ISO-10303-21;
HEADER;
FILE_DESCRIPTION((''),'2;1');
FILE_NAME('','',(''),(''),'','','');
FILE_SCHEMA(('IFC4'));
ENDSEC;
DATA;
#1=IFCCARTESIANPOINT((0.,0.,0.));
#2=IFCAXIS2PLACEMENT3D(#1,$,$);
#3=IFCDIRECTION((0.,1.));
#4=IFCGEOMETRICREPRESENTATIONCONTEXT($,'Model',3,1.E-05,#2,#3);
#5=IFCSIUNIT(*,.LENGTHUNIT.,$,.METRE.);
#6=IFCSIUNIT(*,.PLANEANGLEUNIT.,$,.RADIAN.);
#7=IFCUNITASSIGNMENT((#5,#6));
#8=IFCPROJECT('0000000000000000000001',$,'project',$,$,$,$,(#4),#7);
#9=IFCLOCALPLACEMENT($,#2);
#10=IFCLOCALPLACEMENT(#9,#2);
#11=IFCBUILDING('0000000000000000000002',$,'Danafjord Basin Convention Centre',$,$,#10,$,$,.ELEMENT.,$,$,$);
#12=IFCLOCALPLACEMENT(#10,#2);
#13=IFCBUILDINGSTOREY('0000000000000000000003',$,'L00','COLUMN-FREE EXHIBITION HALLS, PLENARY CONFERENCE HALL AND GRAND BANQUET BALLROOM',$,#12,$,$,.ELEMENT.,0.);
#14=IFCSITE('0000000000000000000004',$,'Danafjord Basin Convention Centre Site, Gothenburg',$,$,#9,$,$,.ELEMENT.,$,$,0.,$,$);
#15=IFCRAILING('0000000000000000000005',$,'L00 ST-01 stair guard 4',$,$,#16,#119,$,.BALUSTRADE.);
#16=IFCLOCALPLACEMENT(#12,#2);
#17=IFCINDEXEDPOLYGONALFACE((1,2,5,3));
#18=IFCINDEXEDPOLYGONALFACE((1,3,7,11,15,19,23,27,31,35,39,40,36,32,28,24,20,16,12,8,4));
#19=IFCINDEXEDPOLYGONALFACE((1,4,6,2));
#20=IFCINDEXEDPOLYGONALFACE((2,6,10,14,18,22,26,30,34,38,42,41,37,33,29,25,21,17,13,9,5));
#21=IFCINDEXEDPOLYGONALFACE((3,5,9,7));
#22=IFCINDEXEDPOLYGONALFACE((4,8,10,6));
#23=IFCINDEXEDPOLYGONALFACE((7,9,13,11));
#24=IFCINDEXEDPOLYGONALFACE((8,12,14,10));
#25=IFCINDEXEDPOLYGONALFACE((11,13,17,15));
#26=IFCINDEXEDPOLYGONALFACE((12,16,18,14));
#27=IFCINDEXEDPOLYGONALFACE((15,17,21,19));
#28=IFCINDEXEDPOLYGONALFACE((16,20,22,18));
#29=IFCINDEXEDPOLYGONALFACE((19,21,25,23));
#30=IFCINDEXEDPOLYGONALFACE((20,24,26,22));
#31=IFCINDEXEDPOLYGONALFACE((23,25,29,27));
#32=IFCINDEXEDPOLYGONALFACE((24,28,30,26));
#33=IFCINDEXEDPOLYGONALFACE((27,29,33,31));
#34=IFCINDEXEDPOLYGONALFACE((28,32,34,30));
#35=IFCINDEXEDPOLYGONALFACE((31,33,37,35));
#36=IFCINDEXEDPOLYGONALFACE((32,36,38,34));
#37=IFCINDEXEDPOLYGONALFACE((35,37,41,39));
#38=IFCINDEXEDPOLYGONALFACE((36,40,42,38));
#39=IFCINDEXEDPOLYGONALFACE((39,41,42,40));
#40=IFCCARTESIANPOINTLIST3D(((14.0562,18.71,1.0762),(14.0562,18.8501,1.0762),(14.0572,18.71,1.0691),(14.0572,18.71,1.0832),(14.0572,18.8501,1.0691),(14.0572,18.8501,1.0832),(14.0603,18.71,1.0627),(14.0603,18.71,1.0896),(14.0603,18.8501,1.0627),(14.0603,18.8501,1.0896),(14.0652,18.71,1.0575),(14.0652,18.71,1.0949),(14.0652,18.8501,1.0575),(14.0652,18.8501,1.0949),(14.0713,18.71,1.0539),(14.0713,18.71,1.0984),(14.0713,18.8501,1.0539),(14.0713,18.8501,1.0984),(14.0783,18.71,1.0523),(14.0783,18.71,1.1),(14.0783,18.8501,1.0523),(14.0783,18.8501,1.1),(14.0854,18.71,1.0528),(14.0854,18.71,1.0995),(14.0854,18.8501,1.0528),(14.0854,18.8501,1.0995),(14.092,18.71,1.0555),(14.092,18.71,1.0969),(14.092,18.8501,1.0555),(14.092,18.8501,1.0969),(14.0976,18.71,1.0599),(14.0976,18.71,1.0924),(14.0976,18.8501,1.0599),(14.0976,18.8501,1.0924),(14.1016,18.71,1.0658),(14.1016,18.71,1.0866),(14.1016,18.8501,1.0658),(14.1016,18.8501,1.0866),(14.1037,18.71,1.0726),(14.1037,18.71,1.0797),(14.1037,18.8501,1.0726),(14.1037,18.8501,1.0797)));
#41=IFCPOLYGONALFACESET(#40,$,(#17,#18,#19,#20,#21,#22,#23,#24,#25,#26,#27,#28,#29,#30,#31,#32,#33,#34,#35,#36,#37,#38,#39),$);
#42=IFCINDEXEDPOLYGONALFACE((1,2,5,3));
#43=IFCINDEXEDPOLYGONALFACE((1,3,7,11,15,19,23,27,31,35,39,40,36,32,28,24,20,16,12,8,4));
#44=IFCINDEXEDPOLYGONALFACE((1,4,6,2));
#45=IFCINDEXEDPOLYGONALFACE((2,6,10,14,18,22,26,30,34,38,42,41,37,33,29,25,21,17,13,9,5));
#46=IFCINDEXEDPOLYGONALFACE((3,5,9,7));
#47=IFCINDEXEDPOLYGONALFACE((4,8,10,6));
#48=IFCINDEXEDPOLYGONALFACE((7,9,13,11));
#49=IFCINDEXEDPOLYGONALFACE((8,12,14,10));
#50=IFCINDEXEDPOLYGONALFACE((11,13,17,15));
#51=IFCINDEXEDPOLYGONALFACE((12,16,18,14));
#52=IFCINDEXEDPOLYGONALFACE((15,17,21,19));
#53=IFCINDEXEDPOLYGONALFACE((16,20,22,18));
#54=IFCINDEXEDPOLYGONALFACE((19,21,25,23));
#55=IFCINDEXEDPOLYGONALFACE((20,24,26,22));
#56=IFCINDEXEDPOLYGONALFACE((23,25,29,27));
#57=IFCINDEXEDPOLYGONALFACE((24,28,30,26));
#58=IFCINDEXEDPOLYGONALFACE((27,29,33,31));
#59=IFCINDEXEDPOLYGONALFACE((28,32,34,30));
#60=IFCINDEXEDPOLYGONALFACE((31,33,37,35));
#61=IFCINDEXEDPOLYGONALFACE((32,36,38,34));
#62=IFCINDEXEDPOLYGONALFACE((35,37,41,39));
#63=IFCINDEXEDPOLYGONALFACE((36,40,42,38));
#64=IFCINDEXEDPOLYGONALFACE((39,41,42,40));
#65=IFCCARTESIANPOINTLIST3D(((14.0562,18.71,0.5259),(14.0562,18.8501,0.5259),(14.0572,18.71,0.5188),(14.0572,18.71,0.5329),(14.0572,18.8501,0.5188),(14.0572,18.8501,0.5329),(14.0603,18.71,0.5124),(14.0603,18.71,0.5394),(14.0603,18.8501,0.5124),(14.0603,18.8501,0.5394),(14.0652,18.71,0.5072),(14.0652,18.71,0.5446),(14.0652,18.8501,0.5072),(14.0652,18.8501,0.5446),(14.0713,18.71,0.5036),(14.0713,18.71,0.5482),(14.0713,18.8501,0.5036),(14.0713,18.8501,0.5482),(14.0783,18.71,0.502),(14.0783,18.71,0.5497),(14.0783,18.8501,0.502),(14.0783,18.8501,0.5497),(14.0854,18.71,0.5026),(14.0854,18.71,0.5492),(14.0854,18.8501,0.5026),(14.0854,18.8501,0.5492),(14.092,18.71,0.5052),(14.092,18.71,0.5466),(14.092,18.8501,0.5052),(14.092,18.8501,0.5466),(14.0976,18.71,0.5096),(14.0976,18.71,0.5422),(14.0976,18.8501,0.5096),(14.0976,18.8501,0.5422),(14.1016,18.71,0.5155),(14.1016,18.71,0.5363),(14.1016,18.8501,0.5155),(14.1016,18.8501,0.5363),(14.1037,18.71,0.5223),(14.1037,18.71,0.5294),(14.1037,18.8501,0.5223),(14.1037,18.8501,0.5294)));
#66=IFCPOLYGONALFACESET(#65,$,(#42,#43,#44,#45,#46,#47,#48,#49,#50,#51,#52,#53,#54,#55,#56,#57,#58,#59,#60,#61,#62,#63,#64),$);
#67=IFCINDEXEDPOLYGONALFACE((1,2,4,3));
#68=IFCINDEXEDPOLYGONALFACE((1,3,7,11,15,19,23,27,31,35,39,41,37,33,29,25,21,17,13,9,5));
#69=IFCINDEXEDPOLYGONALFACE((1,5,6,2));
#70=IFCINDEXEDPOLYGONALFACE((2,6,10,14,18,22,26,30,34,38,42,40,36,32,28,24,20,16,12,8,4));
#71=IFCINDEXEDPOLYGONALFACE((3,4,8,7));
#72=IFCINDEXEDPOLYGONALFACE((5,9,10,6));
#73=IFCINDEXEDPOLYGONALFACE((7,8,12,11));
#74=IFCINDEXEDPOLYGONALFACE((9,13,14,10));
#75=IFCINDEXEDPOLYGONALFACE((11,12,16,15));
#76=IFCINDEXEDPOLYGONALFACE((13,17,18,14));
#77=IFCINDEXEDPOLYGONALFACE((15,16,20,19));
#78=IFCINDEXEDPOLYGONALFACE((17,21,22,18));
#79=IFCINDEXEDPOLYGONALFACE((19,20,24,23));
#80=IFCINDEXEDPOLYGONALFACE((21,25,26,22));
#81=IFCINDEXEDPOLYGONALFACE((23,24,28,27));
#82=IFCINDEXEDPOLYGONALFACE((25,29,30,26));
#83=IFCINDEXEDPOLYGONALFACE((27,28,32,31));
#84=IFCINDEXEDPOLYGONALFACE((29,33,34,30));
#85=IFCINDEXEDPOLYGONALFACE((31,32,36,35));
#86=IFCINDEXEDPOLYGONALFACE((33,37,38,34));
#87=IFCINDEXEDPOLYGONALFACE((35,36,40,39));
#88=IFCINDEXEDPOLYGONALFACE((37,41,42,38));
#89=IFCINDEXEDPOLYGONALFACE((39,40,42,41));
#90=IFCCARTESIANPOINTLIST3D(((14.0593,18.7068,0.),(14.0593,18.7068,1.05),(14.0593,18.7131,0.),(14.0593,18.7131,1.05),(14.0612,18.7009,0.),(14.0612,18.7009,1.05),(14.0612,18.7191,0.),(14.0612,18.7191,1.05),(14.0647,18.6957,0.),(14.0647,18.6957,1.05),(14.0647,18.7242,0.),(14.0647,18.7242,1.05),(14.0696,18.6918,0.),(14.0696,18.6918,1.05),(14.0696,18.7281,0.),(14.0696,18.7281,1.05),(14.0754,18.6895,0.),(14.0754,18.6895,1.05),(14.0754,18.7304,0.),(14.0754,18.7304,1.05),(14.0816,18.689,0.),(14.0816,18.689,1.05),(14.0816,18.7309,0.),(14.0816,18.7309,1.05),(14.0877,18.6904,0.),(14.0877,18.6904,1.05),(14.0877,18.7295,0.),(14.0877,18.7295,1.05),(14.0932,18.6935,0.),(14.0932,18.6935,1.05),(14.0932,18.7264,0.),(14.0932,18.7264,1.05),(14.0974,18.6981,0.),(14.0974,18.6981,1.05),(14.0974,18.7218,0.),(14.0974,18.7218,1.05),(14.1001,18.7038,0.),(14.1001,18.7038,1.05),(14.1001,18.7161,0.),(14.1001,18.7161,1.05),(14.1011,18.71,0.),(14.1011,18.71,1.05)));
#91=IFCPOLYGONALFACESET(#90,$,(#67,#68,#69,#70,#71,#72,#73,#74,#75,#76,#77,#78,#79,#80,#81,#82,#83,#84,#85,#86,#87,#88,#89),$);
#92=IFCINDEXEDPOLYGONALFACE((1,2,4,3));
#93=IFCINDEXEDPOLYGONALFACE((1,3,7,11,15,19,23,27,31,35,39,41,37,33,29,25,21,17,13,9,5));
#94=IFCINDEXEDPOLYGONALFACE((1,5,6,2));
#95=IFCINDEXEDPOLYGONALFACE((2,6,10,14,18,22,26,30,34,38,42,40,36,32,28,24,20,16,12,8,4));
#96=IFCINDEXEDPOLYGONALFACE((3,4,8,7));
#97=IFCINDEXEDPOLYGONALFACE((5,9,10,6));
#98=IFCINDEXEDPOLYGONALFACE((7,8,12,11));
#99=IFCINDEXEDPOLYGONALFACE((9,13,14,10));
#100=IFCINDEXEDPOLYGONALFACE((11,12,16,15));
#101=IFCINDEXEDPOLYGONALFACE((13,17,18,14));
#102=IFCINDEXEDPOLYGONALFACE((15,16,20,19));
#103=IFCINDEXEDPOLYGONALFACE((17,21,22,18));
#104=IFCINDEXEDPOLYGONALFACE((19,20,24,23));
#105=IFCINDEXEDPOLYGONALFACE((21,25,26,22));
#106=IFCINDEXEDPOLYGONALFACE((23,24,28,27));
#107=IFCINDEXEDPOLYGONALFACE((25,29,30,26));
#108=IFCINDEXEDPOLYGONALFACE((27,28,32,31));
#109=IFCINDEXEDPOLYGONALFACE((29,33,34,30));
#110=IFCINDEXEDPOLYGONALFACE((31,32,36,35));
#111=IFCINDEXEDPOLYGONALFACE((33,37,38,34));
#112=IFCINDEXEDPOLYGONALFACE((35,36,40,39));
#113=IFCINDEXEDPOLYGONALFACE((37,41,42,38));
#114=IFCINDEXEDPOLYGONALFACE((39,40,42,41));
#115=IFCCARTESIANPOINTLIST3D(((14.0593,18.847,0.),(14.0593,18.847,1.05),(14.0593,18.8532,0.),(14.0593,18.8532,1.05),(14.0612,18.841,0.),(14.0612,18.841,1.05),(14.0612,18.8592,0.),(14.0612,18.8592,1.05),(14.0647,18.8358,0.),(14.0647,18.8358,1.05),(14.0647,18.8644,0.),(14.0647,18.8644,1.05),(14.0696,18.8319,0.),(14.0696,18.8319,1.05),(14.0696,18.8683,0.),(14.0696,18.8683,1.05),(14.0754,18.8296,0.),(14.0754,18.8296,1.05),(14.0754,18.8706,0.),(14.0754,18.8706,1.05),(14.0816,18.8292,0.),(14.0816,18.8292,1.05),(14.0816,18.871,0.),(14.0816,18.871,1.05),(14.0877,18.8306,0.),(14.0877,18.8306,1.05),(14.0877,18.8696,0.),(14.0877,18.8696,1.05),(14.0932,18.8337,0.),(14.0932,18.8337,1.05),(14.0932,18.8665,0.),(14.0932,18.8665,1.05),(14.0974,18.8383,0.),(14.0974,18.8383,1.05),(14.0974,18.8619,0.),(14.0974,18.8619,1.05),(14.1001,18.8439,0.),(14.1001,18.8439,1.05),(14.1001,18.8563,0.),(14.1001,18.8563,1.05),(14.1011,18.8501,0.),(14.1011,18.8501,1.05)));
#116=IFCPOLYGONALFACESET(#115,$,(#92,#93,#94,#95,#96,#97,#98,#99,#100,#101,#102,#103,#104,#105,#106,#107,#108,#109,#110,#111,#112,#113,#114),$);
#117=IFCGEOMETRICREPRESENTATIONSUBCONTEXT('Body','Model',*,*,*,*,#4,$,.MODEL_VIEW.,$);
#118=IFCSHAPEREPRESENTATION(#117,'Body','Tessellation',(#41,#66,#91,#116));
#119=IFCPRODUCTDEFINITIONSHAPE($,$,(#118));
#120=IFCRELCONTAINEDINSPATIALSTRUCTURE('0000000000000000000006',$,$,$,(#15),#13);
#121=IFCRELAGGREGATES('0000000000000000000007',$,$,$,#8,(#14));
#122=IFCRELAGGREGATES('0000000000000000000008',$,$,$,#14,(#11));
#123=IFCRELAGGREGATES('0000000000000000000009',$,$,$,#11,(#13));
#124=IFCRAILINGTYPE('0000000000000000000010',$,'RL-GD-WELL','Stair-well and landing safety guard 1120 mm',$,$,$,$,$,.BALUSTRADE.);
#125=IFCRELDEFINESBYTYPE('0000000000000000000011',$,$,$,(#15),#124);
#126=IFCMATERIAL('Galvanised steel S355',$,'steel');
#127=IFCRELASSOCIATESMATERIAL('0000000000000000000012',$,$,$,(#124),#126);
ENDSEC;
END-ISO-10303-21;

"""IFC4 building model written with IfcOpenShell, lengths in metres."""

from ifc_helpers import new_model, si_unit, direction, frame, origin, origin_2d, place, context, subcontext, project, spatial, circle, extrude, material, type_object, element, save


model = new_model("IFC4")

# Units and contexts
model_context = context("Model", 3, precision=1e-05, world=origin(), true_north=direction((0.0, 1.0)))
body_context = subcontext(model_context, "Body", "Model", "MODEL_VIEW")
ifc_project = project(units=[si_unit("LENGTHUNIT", "METRE"), si_unit("PLANEANGLEUNIT", "RADIAN")], contexts=[model_context])

# Site, building, storey
site_placement = place(None, origin())
site = spatial("IfcSite", under=ifc_project, at=site_placement, Name="Danafjord Basin Convention Centre Site, Gothenburg", CompositionType="ELEMENT", RefElevation=0.0)
building_placement = place(site_placement, origin())
building = spatial("IfcBuilding", under=site, at=building_placement, Name="Danafjord Basin Convention Centre", CompositionType="ELEMENT")
storey_placement = place(building_placement, origin())
storey = spatial("IfcBuildingStorey", under=building, at=storey_placement, Name="L00", Description="COLUMN-FREE EXHIBITION HALLS, PLENARY CONFERENCE HALL AND GRAND BANQUET BALLROOM", CompositionType="ELEMENT", Elevation=0.0)

# Railing
ifc_material_1 = material(Name="Galvanised steel S355", Category="steel")
railing_type_1 = type_object("IfcRailingType", Name="RL-GD-WELL", Description="Stair-well and landing safety guard 1120 mm", PredefinedType="BALUSTRADE", material=ifc_material_1)
railing_1_placement = place(storey_placement, frame((14.0801, 18.71, 0.0)))
element("IfcRailing", 1, at=railing_1_placement, inside=storey, type_object=railing_type_1, Name="L00 ST-01 stair guard 4", PredefinedType="BALUSTRADE", context=body_context, shape_type="SweptSolid", body=[
    extrude(circle(Radius=0.0239, at=origin_2d()), frame((0.0, 0.0, 1.0762), z_axis=(0.0, 1.0, 0.0), x_axis=(-1.0, 0.0, 0.0)), (0.0, 0.0, 1.0), 0.1401),
    extrude(circle(Radius=0.0239, at=origin_2d()), frame((0.0, 0.0, 0.5259), z_axis=(0.0, 1.0, 0.0), x_axis=(-1.0, 0.0, 0.0)), (0.0, 0.0, 1.0), 0.1401),
    extrude(circle(Radius=0.021, at=origin_2d()), origin(), (0.0, 0.0, 1.0), 1.05),
    extrude(circle(Radius=0.021, at=origin_2d()), frame((0.0, 0.1401, 0.0)), (0.0, 0.0, 1.0), 1.05),
])

save(model, "model.ifc")
